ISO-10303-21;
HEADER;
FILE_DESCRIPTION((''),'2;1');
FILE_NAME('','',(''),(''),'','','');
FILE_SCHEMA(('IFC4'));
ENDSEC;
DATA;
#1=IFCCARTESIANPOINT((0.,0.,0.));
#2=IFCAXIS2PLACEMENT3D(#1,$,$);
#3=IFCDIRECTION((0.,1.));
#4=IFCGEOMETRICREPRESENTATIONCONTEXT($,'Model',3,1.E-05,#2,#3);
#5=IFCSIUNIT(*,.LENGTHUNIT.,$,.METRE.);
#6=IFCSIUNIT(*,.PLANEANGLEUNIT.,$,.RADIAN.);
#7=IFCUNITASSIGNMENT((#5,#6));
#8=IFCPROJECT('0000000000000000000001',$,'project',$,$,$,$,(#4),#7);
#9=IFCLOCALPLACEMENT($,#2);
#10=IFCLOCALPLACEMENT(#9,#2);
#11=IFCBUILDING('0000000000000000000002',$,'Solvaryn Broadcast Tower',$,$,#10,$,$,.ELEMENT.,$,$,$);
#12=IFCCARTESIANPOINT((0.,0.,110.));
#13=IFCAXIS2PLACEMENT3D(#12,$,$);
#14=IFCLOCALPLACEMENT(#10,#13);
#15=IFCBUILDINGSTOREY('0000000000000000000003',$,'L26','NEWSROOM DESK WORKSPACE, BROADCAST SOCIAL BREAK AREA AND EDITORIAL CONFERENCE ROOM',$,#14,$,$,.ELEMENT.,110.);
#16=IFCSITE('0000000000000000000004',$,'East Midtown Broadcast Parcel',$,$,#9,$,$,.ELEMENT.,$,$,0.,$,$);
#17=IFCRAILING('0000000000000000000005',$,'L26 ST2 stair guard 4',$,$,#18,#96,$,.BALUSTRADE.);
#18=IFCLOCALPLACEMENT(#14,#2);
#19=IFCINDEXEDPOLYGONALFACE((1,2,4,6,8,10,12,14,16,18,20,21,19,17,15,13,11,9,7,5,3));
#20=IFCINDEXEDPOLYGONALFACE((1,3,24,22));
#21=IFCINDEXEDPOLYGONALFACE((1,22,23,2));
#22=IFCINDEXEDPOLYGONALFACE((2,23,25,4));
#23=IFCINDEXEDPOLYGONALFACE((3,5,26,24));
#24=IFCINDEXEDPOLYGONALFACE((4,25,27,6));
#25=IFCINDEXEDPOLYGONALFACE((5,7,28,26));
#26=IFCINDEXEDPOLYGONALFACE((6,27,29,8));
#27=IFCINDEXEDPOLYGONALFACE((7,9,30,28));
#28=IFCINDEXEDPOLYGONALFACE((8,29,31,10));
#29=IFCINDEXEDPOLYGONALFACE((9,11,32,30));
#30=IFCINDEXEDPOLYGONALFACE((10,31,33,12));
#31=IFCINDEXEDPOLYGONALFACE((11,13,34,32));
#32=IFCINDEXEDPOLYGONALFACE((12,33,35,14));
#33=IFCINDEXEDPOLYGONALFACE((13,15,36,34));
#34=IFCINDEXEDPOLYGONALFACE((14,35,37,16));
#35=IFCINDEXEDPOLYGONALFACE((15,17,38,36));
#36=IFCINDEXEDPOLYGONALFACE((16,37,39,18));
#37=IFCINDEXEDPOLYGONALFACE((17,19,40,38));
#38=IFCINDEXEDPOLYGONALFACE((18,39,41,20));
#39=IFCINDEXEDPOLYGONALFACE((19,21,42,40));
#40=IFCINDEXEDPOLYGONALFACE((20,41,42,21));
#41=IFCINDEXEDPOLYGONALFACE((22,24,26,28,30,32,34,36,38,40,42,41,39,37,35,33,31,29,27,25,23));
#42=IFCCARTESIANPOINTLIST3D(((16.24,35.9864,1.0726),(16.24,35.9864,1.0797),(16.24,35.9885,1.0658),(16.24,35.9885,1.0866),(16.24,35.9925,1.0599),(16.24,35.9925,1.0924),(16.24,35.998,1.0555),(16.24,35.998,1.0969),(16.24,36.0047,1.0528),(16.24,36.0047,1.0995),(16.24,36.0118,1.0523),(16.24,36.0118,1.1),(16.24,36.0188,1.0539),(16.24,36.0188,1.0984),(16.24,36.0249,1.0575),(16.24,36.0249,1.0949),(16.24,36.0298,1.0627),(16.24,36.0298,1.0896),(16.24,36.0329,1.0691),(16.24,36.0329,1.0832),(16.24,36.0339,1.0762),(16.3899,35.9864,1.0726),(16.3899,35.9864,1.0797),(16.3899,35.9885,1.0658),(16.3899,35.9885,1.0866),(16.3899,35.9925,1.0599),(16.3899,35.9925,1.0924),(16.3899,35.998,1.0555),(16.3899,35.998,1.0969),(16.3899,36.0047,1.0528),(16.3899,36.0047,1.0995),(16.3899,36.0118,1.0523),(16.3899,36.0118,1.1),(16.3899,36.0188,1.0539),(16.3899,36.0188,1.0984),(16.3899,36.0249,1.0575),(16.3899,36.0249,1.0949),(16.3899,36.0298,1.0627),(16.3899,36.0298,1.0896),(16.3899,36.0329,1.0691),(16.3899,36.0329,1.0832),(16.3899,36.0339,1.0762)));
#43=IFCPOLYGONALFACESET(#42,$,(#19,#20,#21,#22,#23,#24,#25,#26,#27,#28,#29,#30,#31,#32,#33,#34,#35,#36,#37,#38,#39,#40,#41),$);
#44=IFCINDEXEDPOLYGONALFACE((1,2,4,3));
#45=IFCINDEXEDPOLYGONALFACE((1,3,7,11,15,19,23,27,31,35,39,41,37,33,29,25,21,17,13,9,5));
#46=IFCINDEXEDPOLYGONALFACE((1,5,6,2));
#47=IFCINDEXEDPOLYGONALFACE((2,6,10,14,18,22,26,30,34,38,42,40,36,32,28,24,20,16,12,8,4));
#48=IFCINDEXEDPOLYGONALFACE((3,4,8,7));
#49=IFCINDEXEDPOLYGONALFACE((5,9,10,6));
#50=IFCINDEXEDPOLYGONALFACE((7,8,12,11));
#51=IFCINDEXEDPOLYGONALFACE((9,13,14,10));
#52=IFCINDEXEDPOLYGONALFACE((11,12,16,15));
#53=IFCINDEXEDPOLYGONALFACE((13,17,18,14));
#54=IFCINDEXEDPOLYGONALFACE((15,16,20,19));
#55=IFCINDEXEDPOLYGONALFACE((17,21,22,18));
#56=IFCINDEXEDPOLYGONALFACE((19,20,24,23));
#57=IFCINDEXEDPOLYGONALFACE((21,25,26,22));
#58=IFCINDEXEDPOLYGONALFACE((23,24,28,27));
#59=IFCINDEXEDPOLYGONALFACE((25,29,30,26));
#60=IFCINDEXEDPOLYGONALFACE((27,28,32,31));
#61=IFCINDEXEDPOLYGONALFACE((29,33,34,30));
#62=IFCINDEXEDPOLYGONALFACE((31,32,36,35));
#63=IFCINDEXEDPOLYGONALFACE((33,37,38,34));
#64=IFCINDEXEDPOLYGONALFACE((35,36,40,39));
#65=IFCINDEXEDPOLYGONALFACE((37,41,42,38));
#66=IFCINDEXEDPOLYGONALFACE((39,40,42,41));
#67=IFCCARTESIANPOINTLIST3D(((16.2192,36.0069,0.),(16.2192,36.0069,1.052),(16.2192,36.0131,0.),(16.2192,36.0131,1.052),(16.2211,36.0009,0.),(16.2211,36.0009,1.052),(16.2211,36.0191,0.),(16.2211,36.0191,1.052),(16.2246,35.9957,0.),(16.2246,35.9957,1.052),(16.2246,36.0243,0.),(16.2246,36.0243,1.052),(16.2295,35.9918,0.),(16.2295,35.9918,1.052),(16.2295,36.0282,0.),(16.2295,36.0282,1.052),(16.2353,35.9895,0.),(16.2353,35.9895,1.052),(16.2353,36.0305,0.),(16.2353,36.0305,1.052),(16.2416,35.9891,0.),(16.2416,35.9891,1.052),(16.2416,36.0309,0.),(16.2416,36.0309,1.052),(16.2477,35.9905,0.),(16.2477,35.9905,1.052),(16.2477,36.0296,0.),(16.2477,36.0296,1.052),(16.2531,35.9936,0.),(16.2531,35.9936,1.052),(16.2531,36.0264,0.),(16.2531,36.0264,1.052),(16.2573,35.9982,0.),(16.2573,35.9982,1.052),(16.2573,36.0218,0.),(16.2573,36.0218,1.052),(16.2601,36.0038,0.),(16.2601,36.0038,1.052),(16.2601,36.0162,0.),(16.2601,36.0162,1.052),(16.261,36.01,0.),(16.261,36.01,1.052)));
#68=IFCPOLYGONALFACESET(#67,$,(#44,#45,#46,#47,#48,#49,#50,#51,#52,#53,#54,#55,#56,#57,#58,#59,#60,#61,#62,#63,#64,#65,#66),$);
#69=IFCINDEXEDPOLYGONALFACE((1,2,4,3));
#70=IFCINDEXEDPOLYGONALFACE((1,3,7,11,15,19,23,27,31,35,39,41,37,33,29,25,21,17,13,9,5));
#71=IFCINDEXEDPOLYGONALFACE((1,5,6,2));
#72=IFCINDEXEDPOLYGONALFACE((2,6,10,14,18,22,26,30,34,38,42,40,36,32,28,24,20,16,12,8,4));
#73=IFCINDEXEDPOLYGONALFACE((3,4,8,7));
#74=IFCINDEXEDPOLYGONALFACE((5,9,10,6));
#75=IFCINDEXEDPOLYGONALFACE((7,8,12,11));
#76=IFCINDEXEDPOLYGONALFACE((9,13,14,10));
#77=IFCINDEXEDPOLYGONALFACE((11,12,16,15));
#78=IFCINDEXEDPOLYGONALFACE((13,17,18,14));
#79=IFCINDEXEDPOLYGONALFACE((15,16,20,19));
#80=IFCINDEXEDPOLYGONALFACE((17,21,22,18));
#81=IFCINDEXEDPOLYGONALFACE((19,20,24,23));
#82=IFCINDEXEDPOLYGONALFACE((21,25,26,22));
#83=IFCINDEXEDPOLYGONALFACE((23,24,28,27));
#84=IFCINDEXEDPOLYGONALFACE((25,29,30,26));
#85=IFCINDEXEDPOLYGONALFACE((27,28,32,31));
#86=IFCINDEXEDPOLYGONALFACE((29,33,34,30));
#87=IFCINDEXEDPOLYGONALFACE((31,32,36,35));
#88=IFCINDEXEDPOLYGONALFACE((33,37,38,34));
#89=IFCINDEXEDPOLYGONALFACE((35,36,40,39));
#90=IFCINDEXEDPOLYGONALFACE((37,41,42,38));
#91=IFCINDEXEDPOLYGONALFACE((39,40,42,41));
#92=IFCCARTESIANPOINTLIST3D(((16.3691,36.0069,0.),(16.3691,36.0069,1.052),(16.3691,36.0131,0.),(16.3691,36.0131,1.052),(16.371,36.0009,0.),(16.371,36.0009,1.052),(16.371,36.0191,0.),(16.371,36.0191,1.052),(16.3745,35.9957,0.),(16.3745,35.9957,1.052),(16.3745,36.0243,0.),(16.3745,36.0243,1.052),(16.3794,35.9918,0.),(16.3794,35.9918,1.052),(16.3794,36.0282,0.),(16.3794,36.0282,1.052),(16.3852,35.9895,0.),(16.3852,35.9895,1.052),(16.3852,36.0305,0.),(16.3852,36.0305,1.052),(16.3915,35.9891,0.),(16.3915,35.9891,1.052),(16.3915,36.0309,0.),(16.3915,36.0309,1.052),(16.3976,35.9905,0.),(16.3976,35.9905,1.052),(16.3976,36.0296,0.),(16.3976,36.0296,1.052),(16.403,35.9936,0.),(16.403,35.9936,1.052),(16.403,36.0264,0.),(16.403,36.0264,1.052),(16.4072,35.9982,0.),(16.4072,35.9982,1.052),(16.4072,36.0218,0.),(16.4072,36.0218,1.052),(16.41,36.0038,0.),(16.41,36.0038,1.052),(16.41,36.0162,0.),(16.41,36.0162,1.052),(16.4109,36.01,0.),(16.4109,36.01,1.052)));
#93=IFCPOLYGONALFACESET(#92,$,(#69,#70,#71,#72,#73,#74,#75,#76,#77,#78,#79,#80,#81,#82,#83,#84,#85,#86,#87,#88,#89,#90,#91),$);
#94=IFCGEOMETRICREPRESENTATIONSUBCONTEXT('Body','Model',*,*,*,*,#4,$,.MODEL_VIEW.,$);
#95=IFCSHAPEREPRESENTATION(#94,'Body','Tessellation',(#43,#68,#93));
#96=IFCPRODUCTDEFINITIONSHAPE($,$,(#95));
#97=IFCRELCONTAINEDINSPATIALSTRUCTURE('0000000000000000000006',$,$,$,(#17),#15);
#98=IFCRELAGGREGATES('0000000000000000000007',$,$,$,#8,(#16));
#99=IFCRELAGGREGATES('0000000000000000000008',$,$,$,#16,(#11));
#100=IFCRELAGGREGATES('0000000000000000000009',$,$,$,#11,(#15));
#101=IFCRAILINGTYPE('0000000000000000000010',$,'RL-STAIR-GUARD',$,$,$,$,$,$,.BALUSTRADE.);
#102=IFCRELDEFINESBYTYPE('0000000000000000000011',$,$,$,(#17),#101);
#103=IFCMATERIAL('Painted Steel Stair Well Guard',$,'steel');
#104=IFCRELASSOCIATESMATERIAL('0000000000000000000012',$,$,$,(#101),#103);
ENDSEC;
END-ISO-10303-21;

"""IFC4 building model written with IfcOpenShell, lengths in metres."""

from ifc_helpers import new_model, si_unit, direction, frame, origin, origin_2d, place, context, subcontext, project, spatial, circle, extrude, material, type_object, element, save


model = new_model("IFC4")

# Units and contexts
model_context = context("Model", 3, precision=1e-05, world=origin(), true_north=direction((0.0, 1.0)))
body_context = subcontext(model_context, "Body", "Model", "MODEL_VIEW")
ifc_project = project(units=[si_unit("LENGTHUNIT", "METRE"), si_unit("PLANEANGLEUNIT", "RADIAN")], contexts=[model_context])

# Site, building, storey
site_placement = place(None, origin())
site = spatial("IfcSite", under=ifc_project, at=site_placement, Name="East Midtown Broadcast Parcel", CompositionType="ELEMENT", RefElevation=0.0)
building_placement = place(site_placement, origin())
building = spatial("IfcBuilding", under=site, at=building_placement, Name="Solvaryn Broadcast Tower", CompositionType="ELEMENT")
storey_placement = place(building_placement, frame((0.0, 0.0, 110.0)))
storey = spatial("IfcBuildingStorey", under=building, at=storey_placement, Name="L26", Description="NEWSROOM DESK WORKSPACE, BROADCAST SOCIAL BREAK AREA AND EDITORIAL CONFERENCE ROOM", CompositionType="ELEMENT", Elevation=110.0)

# Railing
ifc_material_1 = material(Name="Painted Steel Stair Well Guard", Category="steel")
railing_type_1 = type_object("IfcRailingType", Name="RL-STAIR-GUARD", PredefinedType="BALUSTRADE", material=ifc_material_1)
railing_1_placement = place(storey_placement, frame((16.24, 36.01, 0.0)))
element("IfcRailing", 1, at=railing_1_placement, inside=storey, type_object=railing_type_1, Name="L26 ST2 stair guard 4", PredefinedType="BALUSTRADE", context=body_context, shape_type="SweptSolid", body=[
    extrude(circle(Radius=0.0239, at=origin_2d()), frame((0.0, 0.0, 1.0762), z_axis=(1.0, 0.0, 0.0), x_axis=(0.0, 1.0, 0.0)), (0.0, 0.0, 1.0), 0.1499),
    extrude(circle(Radius=0.021, at=origin_2d()), origin(), (0.0, 0.0, 1.0), 1.052),
    extrude(circle(Radius=0.021, at=origin_2d()), frame((0.1499, 0.0, 0.0)), (0.0, 0.0, 1.0), 1.052),
])

save(model, "model.ifc")
